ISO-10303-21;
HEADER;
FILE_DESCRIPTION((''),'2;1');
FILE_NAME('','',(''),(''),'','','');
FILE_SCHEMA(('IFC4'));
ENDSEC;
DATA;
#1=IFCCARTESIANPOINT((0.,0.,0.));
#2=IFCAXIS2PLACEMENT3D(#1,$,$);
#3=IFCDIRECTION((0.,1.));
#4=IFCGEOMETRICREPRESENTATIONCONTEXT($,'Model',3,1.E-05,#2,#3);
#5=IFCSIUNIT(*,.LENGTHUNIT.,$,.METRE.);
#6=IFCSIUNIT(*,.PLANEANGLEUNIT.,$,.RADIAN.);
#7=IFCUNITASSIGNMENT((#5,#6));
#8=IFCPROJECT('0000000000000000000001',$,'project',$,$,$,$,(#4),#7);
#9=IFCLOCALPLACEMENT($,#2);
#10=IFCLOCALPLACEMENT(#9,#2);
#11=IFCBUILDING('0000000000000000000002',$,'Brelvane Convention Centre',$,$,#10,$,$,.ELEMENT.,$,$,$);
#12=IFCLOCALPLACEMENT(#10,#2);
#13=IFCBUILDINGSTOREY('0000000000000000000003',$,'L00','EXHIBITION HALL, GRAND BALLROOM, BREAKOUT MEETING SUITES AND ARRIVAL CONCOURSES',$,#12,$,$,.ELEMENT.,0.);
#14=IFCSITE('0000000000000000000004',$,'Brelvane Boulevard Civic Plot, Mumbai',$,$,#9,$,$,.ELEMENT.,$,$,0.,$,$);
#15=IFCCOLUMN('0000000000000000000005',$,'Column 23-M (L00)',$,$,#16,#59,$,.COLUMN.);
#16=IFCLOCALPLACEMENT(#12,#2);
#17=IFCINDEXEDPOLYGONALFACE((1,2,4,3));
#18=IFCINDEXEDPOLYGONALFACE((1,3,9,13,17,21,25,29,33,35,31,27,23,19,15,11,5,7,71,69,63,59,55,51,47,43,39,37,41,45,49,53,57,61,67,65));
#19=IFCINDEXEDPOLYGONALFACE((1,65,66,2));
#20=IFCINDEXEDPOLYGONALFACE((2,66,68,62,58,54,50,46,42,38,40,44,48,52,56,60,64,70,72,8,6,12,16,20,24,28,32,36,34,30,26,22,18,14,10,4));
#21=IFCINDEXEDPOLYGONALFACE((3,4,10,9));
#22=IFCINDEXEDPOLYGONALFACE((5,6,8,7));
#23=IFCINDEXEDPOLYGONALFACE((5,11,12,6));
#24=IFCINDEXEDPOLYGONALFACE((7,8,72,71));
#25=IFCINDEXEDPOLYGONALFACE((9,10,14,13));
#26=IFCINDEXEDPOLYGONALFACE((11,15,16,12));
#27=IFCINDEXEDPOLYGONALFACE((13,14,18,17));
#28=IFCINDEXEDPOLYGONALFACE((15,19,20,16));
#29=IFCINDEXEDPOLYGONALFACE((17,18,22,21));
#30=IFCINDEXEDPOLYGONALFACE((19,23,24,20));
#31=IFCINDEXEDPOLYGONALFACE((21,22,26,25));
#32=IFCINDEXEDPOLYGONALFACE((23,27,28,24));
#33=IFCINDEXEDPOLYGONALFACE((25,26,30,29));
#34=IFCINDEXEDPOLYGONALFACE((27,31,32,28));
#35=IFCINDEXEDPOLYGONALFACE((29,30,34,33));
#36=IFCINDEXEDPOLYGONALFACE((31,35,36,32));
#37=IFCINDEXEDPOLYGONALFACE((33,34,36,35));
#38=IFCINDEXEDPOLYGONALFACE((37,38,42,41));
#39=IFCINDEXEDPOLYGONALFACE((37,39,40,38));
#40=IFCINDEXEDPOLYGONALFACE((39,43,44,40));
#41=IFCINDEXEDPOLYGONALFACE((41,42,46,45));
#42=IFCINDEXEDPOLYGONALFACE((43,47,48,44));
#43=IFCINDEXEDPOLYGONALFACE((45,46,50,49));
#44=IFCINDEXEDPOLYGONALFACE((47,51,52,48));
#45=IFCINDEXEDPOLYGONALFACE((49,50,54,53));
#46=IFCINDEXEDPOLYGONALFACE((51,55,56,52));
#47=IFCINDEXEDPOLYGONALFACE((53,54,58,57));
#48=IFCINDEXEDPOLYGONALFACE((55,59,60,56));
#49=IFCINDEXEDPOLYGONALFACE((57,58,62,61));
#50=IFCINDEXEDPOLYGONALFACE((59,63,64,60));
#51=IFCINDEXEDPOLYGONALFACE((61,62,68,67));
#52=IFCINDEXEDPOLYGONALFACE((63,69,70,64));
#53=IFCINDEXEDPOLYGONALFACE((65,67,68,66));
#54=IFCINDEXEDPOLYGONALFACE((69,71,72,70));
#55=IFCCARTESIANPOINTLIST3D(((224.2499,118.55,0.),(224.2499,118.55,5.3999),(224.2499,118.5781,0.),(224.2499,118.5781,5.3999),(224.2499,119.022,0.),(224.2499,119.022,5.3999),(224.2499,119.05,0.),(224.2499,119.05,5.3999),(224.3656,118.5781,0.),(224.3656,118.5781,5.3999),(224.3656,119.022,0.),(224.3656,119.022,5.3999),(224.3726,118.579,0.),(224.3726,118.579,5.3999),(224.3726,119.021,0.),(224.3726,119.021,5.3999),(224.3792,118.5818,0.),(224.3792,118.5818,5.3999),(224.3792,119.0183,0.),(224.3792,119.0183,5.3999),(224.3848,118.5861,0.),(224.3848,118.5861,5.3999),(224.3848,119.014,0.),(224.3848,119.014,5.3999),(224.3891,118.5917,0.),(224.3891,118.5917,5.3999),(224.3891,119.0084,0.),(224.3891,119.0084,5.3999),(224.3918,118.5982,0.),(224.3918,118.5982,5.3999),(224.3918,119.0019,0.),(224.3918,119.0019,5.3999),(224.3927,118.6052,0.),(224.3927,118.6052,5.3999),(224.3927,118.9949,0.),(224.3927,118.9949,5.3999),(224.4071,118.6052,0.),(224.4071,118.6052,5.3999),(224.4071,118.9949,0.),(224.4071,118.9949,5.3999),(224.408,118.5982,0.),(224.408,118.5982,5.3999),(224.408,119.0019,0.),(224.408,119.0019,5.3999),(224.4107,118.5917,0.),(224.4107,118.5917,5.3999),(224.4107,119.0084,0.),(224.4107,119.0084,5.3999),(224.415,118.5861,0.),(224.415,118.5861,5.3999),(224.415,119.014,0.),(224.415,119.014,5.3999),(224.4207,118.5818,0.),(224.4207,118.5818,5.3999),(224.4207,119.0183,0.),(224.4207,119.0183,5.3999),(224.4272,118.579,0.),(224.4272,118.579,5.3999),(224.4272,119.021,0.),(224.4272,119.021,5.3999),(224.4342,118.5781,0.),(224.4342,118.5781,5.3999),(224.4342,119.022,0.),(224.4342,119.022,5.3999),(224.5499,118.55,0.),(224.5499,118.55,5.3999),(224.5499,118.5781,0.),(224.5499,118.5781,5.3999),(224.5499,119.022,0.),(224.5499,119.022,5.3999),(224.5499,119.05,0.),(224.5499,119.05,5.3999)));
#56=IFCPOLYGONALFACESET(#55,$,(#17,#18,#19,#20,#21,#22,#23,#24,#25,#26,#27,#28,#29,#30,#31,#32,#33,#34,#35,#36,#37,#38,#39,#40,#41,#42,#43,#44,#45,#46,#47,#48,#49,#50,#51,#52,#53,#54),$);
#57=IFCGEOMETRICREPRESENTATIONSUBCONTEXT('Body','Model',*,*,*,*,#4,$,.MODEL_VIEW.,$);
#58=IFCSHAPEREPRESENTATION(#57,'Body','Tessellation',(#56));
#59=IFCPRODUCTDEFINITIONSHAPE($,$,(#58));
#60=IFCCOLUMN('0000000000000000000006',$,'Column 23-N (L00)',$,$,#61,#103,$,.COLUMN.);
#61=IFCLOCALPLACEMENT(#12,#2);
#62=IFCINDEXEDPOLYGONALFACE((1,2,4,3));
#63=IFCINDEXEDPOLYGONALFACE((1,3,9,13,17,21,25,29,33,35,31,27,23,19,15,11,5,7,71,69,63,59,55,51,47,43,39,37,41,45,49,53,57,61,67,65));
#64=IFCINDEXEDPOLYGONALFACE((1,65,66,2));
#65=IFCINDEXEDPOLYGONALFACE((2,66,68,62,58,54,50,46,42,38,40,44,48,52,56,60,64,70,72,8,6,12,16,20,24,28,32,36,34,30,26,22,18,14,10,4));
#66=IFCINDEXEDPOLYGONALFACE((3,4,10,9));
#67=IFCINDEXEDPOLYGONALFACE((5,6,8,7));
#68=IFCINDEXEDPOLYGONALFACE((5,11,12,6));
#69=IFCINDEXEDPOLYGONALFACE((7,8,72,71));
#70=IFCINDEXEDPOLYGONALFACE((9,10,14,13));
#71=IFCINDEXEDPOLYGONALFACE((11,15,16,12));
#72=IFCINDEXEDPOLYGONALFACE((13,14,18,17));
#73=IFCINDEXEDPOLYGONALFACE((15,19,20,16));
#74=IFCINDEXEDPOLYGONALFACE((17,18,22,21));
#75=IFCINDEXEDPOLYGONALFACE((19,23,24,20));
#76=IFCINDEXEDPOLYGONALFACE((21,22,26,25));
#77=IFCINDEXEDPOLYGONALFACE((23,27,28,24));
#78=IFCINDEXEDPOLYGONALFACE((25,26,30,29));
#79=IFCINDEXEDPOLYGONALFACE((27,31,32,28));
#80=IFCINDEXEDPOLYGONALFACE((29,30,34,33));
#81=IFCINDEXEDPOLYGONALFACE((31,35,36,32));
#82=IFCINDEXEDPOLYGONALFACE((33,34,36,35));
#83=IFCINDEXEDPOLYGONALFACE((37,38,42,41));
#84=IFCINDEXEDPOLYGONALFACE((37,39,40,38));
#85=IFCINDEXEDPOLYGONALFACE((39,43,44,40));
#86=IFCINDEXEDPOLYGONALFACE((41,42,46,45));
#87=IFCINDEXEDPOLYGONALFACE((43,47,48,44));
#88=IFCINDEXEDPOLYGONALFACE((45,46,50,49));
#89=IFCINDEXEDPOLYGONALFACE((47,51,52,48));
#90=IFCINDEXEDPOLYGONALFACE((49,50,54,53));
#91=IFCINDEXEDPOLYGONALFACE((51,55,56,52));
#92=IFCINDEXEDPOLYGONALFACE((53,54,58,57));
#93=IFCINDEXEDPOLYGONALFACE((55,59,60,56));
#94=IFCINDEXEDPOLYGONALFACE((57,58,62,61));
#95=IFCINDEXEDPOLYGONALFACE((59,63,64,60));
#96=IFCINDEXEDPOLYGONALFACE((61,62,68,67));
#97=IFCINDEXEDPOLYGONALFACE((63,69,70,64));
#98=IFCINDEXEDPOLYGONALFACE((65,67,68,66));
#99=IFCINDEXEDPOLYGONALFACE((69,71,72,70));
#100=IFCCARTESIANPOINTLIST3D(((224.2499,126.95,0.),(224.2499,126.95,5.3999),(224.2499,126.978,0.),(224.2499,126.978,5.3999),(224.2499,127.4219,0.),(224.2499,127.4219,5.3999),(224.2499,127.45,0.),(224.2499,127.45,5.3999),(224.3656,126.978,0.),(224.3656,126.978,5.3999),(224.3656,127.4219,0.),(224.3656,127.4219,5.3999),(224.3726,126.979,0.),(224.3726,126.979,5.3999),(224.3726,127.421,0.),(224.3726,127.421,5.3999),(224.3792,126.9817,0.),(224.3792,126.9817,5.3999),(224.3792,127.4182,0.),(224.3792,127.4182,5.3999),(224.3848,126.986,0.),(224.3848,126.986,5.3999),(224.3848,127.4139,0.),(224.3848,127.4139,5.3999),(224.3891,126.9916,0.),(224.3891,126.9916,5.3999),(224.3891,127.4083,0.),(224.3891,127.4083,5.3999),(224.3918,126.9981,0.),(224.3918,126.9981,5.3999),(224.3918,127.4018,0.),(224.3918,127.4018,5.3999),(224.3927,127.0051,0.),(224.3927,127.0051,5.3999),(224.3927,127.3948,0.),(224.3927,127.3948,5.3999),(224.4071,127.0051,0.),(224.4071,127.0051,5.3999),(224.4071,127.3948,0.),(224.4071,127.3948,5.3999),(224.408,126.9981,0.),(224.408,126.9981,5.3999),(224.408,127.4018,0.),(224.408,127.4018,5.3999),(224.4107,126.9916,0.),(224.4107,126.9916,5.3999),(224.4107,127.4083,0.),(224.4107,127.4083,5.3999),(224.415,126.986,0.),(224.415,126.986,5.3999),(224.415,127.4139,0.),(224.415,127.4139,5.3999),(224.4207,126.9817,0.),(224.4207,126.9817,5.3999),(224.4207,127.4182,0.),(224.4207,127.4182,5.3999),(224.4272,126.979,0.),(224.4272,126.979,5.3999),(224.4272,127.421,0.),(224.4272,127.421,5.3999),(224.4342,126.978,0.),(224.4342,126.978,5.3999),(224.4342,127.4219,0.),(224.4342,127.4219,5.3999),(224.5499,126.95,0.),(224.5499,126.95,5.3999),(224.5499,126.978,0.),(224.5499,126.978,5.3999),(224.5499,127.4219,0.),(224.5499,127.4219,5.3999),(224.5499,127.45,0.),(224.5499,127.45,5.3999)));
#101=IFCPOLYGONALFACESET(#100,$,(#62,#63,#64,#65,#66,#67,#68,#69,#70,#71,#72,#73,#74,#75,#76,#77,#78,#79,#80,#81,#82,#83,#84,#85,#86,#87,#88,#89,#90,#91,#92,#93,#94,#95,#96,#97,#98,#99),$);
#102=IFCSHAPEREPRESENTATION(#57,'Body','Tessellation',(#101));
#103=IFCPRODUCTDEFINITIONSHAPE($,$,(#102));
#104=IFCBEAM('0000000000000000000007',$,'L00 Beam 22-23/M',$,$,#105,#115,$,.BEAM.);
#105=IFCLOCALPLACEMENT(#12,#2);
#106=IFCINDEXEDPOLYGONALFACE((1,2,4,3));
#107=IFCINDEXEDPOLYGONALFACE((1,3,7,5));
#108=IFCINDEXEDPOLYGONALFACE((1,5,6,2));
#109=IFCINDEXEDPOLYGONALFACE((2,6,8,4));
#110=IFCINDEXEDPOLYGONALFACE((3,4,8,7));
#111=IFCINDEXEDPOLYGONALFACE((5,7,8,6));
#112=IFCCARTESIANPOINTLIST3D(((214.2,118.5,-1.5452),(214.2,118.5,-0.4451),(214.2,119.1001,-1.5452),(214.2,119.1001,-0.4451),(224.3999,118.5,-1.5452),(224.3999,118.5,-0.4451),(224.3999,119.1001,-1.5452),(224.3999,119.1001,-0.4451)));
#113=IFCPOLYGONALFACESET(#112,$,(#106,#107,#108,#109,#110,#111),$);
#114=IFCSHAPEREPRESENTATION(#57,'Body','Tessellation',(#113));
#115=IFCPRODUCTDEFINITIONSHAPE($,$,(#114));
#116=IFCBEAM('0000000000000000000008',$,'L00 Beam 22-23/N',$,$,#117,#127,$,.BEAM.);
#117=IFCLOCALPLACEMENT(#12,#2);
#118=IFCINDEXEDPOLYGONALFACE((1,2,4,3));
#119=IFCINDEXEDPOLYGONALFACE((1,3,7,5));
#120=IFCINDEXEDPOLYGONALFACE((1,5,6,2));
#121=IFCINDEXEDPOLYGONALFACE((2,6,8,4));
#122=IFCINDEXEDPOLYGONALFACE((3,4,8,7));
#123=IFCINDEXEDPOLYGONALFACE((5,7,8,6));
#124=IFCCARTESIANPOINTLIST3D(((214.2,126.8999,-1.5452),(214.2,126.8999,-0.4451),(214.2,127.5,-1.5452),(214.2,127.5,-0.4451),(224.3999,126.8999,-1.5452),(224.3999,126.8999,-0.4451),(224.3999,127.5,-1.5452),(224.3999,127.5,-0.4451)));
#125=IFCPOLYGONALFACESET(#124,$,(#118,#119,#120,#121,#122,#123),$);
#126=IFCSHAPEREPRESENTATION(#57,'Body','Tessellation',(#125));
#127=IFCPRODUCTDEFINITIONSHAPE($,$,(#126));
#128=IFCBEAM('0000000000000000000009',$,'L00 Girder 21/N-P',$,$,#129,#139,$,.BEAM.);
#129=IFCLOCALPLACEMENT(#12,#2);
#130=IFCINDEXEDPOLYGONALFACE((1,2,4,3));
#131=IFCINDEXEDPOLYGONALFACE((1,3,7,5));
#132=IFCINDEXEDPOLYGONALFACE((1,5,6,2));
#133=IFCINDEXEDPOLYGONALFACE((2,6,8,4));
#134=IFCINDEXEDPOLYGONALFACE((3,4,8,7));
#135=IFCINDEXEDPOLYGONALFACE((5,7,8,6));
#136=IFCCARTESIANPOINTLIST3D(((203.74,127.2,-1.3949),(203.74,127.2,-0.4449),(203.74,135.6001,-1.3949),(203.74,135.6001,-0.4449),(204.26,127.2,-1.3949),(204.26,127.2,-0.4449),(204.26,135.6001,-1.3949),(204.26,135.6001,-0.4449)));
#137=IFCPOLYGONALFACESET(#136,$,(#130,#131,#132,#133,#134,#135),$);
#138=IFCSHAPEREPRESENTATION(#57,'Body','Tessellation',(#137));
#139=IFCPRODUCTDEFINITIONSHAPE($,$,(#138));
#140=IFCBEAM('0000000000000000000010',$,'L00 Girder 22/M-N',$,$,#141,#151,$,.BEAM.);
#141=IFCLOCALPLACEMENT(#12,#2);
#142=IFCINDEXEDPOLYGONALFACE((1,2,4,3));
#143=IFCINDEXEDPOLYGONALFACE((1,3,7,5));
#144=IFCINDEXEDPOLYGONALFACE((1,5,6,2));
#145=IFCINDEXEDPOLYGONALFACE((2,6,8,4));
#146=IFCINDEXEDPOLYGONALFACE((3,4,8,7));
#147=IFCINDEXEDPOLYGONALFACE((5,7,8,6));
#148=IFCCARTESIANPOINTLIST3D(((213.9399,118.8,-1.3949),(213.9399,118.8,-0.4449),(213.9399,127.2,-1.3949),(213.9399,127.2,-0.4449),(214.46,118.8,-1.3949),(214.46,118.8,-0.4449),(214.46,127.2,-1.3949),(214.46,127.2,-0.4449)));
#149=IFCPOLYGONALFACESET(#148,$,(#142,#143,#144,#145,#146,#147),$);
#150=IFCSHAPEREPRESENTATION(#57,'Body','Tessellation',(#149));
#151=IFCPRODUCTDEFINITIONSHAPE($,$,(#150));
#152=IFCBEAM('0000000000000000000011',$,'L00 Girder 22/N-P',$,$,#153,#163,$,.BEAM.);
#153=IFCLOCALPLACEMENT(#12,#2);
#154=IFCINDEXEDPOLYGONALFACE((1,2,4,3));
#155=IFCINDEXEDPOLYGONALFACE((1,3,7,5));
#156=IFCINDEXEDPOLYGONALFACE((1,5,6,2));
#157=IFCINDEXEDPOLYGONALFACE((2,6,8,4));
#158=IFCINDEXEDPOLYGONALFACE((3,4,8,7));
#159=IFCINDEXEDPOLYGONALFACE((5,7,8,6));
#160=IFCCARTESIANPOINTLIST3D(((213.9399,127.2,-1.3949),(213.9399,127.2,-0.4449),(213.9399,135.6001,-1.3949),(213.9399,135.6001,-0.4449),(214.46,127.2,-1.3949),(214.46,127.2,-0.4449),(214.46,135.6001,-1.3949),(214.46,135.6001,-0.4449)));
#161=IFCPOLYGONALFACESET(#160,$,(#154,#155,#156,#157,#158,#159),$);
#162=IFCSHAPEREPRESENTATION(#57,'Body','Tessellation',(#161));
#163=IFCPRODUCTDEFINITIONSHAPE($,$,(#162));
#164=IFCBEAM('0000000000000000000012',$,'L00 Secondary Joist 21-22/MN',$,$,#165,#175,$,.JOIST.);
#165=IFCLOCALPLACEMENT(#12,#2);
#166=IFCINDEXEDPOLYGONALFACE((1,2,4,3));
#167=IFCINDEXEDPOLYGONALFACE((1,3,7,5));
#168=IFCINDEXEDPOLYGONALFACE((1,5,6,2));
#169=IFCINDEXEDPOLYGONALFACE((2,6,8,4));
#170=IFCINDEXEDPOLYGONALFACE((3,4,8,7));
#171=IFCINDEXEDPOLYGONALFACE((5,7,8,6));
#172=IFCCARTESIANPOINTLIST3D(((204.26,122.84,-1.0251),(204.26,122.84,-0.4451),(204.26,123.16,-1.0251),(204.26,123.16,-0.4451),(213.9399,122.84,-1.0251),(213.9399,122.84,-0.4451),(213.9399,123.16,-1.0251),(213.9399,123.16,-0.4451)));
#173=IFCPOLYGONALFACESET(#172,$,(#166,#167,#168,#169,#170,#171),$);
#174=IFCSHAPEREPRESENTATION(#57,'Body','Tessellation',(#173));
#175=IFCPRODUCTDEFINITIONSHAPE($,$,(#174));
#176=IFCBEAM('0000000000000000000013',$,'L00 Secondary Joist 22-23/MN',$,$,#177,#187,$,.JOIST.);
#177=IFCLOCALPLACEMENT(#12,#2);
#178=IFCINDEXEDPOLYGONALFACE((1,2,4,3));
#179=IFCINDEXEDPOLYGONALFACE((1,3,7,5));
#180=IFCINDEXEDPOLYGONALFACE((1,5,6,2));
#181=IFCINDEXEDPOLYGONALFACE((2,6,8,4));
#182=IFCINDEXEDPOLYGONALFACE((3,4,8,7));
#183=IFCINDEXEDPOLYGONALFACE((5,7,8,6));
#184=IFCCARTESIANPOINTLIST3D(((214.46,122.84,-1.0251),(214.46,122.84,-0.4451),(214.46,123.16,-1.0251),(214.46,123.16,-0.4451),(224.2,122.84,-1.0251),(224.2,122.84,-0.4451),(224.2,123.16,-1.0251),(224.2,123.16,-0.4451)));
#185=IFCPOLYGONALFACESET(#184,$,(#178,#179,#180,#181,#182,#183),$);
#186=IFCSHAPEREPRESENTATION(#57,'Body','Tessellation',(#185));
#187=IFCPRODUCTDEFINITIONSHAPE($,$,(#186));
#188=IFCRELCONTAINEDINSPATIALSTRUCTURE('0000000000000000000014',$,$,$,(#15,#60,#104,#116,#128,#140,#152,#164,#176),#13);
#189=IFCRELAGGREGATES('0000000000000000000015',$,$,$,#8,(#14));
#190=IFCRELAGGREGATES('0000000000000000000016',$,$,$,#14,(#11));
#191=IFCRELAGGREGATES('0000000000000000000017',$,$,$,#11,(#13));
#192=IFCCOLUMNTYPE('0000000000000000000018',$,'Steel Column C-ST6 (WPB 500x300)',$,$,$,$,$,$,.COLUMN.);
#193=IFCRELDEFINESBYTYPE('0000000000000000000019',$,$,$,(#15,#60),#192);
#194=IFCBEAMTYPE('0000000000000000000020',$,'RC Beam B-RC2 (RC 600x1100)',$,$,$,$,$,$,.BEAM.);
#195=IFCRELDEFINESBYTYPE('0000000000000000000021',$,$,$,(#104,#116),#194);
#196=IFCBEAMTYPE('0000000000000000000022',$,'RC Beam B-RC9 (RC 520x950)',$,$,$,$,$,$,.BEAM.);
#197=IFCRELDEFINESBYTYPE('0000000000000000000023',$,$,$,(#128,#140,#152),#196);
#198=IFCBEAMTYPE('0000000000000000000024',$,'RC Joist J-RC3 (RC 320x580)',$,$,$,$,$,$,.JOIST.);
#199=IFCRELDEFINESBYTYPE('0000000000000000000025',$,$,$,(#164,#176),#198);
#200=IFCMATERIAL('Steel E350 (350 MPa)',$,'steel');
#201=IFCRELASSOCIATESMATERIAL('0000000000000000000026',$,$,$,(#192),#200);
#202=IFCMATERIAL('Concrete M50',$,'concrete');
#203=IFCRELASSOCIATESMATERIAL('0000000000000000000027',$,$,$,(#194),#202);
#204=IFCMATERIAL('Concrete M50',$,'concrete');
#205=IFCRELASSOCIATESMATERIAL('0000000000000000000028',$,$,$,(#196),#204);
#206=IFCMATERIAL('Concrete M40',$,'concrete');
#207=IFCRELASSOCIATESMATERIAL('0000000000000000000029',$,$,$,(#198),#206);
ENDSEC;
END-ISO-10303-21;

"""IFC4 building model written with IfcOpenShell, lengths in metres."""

from ifc_helpers import new_model, si_unit, direction, frame, origin, origin_2d, place, context, subcontext, project, spatial, rectangle, i_section, extrude, material, material_profile, profile_set, type_object, element, save


model = new_model("IFC4")

# Units and contexts
model_context = context("Model", 3, precision=1e-05, world=origin(), true_north=direction((0.0, 1.0)))
body_context = subcontext(model_context, "Body", "Model", "MODEL_VIEW")
ifc_project = project(units=[si_unit("LENGTHUNIT", "METRE"), si_unit("PLANEANGLEUNIT", "RADIAN")], contexts=[model_context])

# Site, building, storey
site_placement = place(None, origin())
site = spatial("IfcSite", under=ifc_project, at=site_placement, Name="Brelvane Boulevard Civic Plot, Mumbai", CompositionType="ELEMENT", RefElevation=0.0)
building_placement = place(site_placement, origin())
building = spatial("IfcBuilding", under=site, at=building_placement, Name="Brelvane Convention Centre", CompositionType="ELEMENT")
storey_placement = place(building_placement, origin())
storey = spatial("IfcBuildingStorey", under=building, at=storey_placement, Name="L00", Description="EXHIBITION HALL, GRAND BALLROOM, BREAKOUT MEETING SUITES AND ARRIVAL CONCOURSES", CompositionType="ELEMENT", Elevation=0.0)

# Columns
ifc_material_1 = material(Name="Steel E350 (350 MPa)", Category="steel")
ifc_material_profile_1 = material_profile(ifc_material_1, i_section(OverallWidth=0.3, OverallDepth=0.5, WebThickness=0.0144, FlangeThickness=0.0281, FilletRadius=0.0271, at=origin_2d()), Name="WPB 500x300")
ifc_profile_set_1 = profile_set([ifc_material_profile_1], Name="Steel E350 (350 MPa)")
column_type = type_object("IfcColumnType", Name="Steel Column C-ST6 (WPB 500x300)", PredefinedType="COLUMN", material=ifc_profile_set_1)
for number, where, z_axis, x_axis, name in (
    (1, (224.3999, 118.8, 0.0), (0.0, 0.0, 1.0), (1.0, 0.0, 0.0), "Column 23-M (L00)"),
    (2, (224.3999, 127.2, 0.0), (0.0, 0.0, 1.0), (1.0, 0.0, 0.0), "Column 23-N (L00)"),
):
    element("IfcColumn", number, at=place(storey_placement, frame(where, z_axis=z_axis, x_axis=x_axis)), inside=storey, type_object=column_type, Name=name, PredefinedType="COLUMN", context=body_context, shape_type="SweptSolid", body=[
        extrude(i_section(OverallWidth=0.3, OverallDepth=0.5, WebThickness=0.0144, FlangeThickness=0.0281, FilletRadius=0.0271, at=origin_2d()), origin(), (0.0, 0.0, 1.0), 5.3999),
    ])

# Beams
ifc_material_2 = material(Name="Concrete M50", Category="concrete")
ifc_material_profile_2 = material_profile(ifc_material_2, rectangle(XDim=0.6001, YDim=1.1001, at=origin_2d()), Name="RC 600x1100")
ifc_profile_set_2 = profile_set([ifc_material_profile_2], Name="Concrete M50")
beam_type_1 = type_object("IfcBeamType", Name="RC Beam B-RC2 (RC 600x1100)", PredefinedType="BEAM", material=ifc_profile_set_2)
for number, where, z_axis, x_axis, name in (
    (3, (214.2, 118.8, -0.9951), (1.0, 0.0, 0.0), (0.0, 1.0, 0.0), "L00 Beam 22-23/M"),
    (4, (214.2, 127.2, -0.9951), (1.0, 0.0, 0.0), (0.0, 1.0, 0.0), "L00 Beam 22-23/N"),
):
    element("IfcBeam", number, at=place(storey_placement, frame(where, z_axis=z_axis, x_axis=x_axis)), inside=storey, type_object=beam_type_1, Name=name, PredefinedType="BEAM", context=body_context, shape_type="SweptSolid", body=[
        extrude(rectangle(XDim=0.6001, YDim=1.1001, at=origin_2d()), origin(), (0.0, 0.0, 1.0), 10.2),
    ])
ifc_material_3 = material(Name="Concrete M50", Category="concrete")
ifc_material_profile_3 = material_profile(ifc_material_3, rectangle(XDim=0.52, YDim=0.95, at=origin_2d()), Name="RC 520x950")
ifc_profile_set_3 = profile_set([ifc_material_profile_3], Name="Concrete M50")
beam_type_2 = type_object("IfcBeamType", Name="RC Beam B-RC9 (RC 520x950)", PredefinedType="BEAM", material=ifc_profile_set_3)
beam_1_placement = place(storey_placement, frame((204.0, 127.2, -0.9199), z_axis=(0.0, 1.0, 0.0), x_axis=(-1.0, 0.0, 0.0)))
element("IfcBeam", 5, at=beam_1_placement, inside=storey, type_object=beam_type_2, Name="L00 Girder 21/N-P", PredefinedType="BEAM", context=body_context, shape_type="SweptSolid", body=[
    extrude(rectangle(XDim=0.52, YDim=0.95, at=origin_2d()), origin(), (0.0, 0.0, 1.0), 8.4001),
])
beam_2_placement = place(storey_placement, frame((214.2, 118.8, -0.9199), z_axis=(0.0, 1.0, 0.0), x_axis=(-1.0, 0.0, 0.0)))
element("IfcBeam", 6, at=beam_2_placement, inside=storey, type_object=beam_type_2, Name="L00 Girder 22/M-N", PredefinedType="BEAM", context=body_context, shape_type="SweptSolid", body=[
    extrude(rectangle(XDim=0.52, YDim=0.95, at=origin_2d()), origin(), (0.0, 0.0, 1.0), 8.3999),
])
beam_3_placement = place(storey_placement, frame((214.2, 127.2, -0.9199), z_axis=(0.0, 1.0, 0.0), x_axis=(-1.0, 0.0, 0.0)))
element("IfcBeam", 7, at=beam_3_placement, inside=storey, type_object=beam_type_2, Name="L00 Girder 22/N-P", PredefinedType="BEAM", context=body_context, shape_type="SweptSolid", body=[
    extrude(rectangle(XDim=0.52, YDim=0.95, at=origin_2d()), origin(), (0.0, 0.0, 1.0), 8.4001),
])
ifc_material_4 = material(Name="Concrete M40", Category="concrete")
ifc_material_profile_4 = material_profile(ifc_material_4, rectangle(XDim=0.3201, YDim=0.5801, at=origin_2d()), Name="RC 320x580")
ifc_profile_set_4 = profile_set([ifc_material_profile_4], Name="Concrete M40")
beam_type_3 = type_object("IfcBeamType", Name="RC Joist J-RC3 (RC 320x580)", PredefinedType="JOIST", material=ifc_profile_set_4)
beam_4_placement = place(storey_placement, frame((204.26, 123.0, -0.7351), z_axis=(1.0, 0.0, 0.0), x_axis=(0.0, 1.0, 0.0)))
element("IfcBeam", 8, at=beam_4_placement, inside=storey, type_object=beam_type_3, Name="L00 Secondary Joist 21-22/MN", PredefinedType="JOIST", context=body_context, shape_type="SweptSolid", body=[
    extrude(rectangle(XDim=0.3201, YDim=0.5801, at=origin_2d()), origin(), (0.0, 0.0, 1.0), 9.6799),
])
beam_5_placement = place(storey_placement, frame((214.46, 123.0, -0.7351), z_axis=(1.0, 0.0, 0.0), x_axis=(0.0, 1.0, 0.0)))
element("IfcBeam", 9, at=beam_5_placement, inside=storey, type_object=beam_type_3, Name="L00 Secondary Joist 22-23/MN", PredefinedType="JOIST", context=body_context, shape_type="SweptSolid", body=[
    extrude(rectangle(XDim=0.3201, YDim=0.5801, at=origin_2d()), origin(), (0.0, 0.0, 1.0), 9.74),
])

save(model, "model.ifc")
